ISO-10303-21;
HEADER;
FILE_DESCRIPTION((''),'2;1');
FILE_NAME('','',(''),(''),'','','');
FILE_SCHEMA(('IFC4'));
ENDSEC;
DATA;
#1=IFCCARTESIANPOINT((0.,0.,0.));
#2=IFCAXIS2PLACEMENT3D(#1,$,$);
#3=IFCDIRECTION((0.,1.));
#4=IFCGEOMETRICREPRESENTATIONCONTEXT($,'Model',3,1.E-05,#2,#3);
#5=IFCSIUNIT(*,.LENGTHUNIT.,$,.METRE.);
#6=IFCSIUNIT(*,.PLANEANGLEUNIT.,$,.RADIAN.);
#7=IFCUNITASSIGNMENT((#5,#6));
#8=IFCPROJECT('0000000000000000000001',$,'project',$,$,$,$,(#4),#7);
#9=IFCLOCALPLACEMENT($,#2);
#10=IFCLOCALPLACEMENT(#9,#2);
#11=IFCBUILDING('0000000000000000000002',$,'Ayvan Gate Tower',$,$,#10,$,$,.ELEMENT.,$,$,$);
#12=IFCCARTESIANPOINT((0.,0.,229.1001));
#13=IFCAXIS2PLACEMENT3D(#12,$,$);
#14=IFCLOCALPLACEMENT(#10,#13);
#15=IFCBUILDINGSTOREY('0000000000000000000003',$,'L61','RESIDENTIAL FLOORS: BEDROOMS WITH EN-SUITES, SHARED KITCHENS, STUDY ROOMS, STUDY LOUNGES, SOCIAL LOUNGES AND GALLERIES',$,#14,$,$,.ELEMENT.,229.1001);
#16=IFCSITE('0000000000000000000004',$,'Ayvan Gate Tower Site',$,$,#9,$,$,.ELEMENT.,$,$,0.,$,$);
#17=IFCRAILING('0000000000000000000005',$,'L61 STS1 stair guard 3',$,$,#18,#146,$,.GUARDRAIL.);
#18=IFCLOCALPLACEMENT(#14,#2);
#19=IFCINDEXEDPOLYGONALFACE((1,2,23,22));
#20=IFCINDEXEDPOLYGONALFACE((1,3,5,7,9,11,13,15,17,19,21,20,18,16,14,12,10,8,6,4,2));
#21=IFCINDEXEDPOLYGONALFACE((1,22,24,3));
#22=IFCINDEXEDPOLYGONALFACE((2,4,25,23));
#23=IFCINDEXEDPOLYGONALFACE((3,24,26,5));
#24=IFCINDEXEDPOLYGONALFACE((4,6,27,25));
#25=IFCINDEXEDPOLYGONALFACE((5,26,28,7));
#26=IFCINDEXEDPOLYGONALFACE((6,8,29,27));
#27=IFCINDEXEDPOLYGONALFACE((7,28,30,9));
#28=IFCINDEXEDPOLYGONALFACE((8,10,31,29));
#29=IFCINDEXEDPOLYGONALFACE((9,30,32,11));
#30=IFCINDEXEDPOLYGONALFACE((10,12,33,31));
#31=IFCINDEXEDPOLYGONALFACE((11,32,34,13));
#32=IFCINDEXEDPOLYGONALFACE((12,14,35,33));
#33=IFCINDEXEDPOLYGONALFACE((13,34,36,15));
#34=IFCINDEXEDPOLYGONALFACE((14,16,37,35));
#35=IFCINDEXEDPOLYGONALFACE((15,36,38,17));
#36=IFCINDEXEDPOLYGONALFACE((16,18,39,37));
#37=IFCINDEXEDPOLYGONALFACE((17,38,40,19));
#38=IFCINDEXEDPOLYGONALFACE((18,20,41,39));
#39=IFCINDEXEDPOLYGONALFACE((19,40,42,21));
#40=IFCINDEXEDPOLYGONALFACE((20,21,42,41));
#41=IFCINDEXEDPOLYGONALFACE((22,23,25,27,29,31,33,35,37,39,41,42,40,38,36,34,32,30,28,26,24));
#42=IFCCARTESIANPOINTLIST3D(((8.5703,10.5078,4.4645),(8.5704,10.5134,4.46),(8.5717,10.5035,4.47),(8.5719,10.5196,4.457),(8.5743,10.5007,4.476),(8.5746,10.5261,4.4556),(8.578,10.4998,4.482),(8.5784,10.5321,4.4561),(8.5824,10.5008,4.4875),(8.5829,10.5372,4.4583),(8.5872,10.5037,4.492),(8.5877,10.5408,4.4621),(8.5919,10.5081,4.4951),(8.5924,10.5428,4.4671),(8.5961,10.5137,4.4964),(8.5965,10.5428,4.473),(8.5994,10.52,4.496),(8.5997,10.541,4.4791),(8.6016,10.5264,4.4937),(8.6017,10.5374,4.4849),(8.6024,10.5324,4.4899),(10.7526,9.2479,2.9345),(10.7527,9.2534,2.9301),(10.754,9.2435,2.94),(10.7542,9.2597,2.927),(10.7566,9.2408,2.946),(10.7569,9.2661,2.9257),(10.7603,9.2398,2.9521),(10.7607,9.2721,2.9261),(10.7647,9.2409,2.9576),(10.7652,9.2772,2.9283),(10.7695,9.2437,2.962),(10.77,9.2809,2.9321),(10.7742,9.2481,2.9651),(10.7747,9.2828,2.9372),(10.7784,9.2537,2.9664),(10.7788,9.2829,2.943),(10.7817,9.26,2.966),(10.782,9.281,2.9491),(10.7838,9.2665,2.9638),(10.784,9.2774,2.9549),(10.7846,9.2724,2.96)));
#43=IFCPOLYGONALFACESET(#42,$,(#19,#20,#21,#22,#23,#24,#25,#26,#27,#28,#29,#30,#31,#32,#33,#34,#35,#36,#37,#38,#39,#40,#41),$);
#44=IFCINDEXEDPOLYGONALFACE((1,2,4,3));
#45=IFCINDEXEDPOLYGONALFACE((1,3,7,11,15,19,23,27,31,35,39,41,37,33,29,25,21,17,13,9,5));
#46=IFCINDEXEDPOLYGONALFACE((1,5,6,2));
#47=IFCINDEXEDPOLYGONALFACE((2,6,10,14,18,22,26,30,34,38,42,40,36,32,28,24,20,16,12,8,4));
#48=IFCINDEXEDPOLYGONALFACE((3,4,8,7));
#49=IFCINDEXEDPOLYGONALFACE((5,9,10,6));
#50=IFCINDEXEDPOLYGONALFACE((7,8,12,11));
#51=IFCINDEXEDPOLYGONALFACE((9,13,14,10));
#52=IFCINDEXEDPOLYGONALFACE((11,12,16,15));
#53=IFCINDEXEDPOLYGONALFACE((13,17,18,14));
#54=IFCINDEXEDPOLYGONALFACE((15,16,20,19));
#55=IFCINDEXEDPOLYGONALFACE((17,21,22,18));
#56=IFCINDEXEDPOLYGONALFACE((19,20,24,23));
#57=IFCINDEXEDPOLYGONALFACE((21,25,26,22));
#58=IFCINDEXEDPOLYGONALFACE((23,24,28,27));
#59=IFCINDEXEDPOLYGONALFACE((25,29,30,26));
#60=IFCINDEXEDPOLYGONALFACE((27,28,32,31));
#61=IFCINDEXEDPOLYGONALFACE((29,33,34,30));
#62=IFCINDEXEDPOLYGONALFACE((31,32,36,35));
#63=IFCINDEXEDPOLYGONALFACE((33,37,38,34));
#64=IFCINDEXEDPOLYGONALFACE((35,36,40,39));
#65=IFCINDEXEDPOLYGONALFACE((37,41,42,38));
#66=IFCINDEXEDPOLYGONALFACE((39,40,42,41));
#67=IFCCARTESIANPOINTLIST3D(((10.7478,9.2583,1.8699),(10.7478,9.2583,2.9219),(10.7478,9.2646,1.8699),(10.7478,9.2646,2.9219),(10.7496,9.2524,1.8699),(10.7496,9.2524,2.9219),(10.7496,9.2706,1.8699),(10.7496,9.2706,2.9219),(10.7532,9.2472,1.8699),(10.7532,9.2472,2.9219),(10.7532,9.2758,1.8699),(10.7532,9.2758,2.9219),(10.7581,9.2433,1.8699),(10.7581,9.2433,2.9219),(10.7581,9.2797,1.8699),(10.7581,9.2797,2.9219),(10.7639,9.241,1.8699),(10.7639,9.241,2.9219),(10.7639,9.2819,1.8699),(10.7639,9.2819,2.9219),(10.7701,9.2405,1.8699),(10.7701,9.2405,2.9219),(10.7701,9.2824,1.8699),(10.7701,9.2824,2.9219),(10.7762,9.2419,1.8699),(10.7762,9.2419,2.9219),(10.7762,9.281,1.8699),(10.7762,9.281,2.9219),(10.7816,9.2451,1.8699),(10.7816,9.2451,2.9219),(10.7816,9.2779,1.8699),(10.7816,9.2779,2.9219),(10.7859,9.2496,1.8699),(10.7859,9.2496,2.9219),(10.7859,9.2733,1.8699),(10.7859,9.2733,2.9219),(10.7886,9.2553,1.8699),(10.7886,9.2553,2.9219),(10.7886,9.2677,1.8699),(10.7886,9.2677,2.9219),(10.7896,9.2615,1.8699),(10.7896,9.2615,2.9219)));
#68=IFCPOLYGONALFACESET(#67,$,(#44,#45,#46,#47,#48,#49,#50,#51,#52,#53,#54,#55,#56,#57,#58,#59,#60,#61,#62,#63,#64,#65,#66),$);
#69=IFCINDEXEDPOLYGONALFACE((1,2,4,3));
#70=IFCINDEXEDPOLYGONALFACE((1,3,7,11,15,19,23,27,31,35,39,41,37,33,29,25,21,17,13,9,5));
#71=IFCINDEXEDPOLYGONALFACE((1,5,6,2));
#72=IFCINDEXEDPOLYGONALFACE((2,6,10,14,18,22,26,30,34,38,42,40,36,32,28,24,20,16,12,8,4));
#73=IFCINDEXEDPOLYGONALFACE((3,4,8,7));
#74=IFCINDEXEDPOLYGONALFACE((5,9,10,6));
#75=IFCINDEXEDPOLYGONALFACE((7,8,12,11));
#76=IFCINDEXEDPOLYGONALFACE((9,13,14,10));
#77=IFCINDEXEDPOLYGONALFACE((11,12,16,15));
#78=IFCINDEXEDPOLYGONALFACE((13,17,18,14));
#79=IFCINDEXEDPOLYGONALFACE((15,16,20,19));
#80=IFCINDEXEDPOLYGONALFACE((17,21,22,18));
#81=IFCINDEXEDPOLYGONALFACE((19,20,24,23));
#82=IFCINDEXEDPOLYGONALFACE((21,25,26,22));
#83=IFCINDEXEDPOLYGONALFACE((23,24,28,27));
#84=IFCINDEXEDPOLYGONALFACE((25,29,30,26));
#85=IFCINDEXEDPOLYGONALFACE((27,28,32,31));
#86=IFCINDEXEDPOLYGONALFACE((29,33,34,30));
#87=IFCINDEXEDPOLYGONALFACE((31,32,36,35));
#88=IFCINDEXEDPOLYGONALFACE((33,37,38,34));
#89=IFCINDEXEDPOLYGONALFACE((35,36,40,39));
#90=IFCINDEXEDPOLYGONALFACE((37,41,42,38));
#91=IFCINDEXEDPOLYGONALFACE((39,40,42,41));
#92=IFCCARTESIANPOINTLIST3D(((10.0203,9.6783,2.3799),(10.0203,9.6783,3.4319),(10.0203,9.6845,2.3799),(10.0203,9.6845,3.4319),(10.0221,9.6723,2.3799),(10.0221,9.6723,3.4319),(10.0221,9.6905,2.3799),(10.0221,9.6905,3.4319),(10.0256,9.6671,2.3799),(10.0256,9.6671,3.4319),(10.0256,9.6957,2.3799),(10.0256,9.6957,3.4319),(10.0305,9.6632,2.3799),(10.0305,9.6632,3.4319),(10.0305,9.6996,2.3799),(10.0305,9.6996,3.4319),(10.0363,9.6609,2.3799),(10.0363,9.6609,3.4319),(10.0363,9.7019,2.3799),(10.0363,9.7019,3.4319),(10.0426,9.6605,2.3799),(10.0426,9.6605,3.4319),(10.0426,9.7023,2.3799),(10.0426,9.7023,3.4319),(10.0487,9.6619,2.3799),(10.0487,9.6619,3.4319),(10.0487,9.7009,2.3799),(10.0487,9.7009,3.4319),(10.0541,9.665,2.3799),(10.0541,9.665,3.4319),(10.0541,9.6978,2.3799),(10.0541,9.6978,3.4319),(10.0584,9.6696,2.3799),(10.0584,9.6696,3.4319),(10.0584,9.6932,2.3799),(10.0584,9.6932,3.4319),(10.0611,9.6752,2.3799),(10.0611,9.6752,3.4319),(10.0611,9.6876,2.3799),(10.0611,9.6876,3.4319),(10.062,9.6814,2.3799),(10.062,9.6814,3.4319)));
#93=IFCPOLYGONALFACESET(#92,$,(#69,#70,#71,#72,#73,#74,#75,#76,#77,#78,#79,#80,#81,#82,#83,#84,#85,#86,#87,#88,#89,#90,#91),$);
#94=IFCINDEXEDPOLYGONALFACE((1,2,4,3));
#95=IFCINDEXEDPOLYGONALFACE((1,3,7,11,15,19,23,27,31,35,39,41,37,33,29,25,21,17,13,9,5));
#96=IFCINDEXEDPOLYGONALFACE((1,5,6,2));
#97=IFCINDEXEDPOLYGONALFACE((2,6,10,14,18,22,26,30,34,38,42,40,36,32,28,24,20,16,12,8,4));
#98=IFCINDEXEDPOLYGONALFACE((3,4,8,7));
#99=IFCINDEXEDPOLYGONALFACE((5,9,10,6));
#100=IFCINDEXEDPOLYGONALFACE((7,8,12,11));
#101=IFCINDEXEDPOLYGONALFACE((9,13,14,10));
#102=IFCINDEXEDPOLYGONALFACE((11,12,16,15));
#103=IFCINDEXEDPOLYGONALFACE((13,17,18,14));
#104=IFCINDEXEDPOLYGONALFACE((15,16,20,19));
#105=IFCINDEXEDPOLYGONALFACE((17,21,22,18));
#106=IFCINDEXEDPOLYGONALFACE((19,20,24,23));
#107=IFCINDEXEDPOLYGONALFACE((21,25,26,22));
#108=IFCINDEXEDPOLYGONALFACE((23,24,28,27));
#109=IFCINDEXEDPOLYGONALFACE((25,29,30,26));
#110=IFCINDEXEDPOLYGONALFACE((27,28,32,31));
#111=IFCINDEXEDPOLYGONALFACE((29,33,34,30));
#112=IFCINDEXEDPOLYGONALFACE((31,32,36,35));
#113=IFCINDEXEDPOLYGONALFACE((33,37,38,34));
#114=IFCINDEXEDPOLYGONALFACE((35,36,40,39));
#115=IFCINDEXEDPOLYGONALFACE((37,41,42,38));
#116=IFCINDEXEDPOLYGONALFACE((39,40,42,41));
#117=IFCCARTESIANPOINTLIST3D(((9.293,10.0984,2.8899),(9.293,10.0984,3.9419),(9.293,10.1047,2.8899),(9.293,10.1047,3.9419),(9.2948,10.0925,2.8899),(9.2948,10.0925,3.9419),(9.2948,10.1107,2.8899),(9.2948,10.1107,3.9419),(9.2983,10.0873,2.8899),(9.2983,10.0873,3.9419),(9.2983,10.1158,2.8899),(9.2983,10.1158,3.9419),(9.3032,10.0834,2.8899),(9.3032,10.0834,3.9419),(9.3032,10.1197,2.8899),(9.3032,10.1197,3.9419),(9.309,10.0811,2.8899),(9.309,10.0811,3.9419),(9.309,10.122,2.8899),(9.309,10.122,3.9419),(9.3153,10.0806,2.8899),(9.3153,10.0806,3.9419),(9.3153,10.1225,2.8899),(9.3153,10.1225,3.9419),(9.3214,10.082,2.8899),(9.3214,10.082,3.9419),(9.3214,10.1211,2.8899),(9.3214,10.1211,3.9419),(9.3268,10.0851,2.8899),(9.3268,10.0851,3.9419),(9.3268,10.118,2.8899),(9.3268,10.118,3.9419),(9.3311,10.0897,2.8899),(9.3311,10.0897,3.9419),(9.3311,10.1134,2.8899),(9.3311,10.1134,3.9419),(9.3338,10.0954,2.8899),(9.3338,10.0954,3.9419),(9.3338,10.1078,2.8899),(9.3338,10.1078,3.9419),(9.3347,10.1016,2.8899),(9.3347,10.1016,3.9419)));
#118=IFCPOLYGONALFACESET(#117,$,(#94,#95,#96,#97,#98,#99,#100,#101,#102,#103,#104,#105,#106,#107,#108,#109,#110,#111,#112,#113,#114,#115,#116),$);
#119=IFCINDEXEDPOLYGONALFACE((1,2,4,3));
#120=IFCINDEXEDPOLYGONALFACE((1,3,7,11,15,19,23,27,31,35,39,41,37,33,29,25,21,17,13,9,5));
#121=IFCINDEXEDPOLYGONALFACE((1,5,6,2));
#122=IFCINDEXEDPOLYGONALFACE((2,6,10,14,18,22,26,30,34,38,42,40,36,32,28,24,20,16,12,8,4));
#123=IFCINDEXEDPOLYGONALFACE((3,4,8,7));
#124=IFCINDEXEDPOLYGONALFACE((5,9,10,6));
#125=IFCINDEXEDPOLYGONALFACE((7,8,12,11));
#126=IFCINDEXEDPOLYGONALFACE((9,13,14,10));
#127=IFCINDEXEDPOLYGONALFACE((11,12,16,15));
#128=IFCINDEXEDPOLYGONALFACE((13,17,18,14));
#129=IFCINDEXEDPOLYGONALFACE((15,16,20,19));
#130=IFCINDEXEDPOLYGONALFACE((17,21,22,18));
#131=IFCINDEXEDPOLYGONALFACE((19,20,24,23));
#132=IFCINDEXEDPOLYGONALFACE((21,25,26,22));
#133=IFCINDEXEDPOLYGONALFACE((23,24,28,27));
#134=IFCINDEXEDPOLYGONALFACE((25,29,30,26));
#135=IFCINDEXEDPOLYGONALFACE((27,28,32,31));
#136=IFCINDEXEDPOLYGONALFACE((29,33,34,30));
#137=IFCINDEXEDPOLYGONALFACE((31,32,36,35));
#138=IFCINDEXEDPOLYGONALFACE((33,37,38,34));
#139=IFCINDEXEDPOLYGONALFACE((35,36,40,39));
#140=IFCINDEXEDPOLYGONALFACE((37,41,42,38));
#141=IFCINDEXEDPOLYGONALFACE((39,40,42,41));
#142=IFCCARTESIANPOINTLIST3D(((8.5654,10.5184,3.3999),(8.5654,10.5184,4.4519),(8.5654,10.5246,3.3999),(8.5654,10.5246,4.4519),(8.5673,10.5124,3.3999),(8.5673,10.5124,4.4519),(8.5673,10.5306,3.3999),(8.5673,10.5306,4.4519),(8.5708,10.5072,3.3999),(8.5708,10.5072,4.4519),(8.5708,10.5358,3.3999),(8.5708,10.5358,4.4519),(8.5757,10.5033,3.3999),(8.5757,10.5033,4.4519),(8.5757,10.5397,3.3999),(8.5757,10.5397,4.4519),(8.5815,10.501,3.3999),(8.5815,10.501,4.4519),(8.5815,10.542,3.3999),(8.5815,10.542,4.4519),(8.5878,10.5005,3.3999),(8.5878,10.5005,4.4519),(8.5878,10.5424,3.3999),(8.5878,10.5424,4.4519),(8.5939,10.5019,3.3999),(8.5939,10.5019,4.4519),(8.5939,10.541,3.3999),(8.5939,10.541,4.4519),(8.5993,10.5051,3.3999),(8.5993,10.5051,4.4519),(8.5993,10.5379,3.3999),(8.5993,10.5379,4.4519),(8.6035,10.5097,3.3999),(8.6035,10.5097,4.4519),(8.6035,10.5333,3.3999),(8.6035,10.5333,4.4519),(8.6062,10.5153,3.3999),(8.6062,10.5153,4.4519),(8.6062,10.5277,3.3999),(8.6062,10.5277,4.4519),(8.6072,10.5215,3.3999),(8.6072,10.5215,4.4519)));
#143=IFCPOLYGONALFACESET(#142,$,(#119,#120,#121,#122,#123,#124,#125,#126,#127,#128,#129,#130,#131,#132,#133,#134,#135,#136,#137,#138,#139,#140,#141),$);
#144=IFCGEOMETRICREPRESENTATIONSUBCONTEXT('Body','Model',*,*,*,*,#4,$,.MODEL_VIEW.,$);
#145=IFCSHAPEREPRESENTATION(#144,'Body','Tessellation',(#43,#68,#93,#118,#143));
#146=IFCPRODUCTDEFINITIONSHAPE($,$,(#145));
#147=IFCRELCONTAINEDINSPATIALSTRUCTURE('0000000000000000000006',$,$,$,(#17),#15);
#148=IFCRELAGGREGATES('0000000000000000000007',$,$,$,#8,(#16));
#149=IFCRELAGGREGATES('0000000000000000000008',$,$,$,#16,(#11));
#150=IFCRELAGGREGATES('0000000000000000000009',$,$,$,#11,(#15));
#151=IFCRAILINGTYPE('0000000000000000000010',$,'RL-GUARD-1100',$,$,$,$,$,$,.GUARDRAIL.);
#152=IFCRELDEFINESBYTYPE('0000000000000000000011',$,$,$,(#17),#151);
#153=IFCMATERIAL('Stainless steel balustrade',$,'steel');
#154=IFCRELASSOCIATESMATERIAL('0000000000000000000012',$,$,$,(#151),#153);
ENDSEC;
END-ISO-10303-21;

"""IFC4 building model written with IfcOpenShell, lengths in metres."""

from ifc_helpers import new_model, si_unit, direction, frame, origin, origin_2d, place, context, subcontext, project, spatial, circle, extrude, material, type_object, element, save


model = new_model("IFC4")

# Units and contexts
model_context = context("Model", 3, precision=1e-05, world=origin(), true_north=direction((0.0, 1.0)))
body_context = subcontext(model_context, "Body", "Model", "MODEL_VIEW")
ifc_project = project(units=[si_unit("LENGTHUNIT", "METRE"), si_unit("PLANEANGLEUNIT", "RADIAN")], contexts=[model_context])

# Site, building, storey
site_placement = place(None, origin())
site = spatial("IfcSite", under=ifc_project, at=site_placement, Name="Ayvan Gate Tower Site", CompositionType="ELEMENT", RefElevation=0.0)
building_placement = place(site_placement, origin())
building = spatial("IfcBuilding", under=site, at=building_placement, Name="Ayvan Gate Tower", CompositionType="ELEMENT")
storey_placement = place(building_placement, frame((0.0, 0.0, 229.1001)))
storey = spatial("IfcBuildingStorey", under=building, at=storey_placement, Name="L61", Description="RESIDENTIAL FLOORS: BEDROOMS WITH EN-SUITES, SHARED KITCHENS, STUDY ROOMS, STUDY LOUNGES, SOCIAL LOUNGES AND GALLERIES", CompositionType="ELEMENT", Elevation=229.1001)

# Railing
ifc_material_1 = material(Name="Stainless steel balustrade", Category="steel")
railing_type_1 = type_object("IfcRailingType", Name="RL-GUARD-1100", PredefinedType="GUARDRAIL", material=ifc_material_1)
railing_1_placement = place(storey_placement, frame((10.7686, 9.2615, 1.8699)))
element("IfcRailing", 1, at=railing_1_placement, inside=storey, type_object=railing_type_1, Name="L61 STS1 stair guard 3", PredefinedType="GUARDRAIL", context=body_context, shape_type="SweptSolid", body=[
    extrude(circle(Radius=0.0239, at=origin_2d()), frame((0.0, 0.0, 1.0762), z_axis=(-0.740261, 0.427395, 0.518986), x_axis=(-0.500005, -0.866023, 0.0)), (0.0, 0.0, 1.0), 2.948),
    extrude(circle(Radius=0.021, at=origin_2d()), origin(), (0.0, 0.0, 1.0), 1.052),
    extrude(circle(Radius=0.021, at=origin_2d()), frame((-0.7275, 0.4199, 0.51)), (0.0, 0.0, 1.0), 1.052),
    extrude(circle(Radius=0.021, at=origin_2d()), frame((-1.4548, 0.8401, 1.02)), (0.0, 0.0, 1.0), 1.052),
    extrude(circle(Radius=0.021, at=origin_2d()), frame((-2.1824, 1.26, 1.53)), (0.0, 0.0, 1.0), 1.052),
])

save(model, "model.ifc")
